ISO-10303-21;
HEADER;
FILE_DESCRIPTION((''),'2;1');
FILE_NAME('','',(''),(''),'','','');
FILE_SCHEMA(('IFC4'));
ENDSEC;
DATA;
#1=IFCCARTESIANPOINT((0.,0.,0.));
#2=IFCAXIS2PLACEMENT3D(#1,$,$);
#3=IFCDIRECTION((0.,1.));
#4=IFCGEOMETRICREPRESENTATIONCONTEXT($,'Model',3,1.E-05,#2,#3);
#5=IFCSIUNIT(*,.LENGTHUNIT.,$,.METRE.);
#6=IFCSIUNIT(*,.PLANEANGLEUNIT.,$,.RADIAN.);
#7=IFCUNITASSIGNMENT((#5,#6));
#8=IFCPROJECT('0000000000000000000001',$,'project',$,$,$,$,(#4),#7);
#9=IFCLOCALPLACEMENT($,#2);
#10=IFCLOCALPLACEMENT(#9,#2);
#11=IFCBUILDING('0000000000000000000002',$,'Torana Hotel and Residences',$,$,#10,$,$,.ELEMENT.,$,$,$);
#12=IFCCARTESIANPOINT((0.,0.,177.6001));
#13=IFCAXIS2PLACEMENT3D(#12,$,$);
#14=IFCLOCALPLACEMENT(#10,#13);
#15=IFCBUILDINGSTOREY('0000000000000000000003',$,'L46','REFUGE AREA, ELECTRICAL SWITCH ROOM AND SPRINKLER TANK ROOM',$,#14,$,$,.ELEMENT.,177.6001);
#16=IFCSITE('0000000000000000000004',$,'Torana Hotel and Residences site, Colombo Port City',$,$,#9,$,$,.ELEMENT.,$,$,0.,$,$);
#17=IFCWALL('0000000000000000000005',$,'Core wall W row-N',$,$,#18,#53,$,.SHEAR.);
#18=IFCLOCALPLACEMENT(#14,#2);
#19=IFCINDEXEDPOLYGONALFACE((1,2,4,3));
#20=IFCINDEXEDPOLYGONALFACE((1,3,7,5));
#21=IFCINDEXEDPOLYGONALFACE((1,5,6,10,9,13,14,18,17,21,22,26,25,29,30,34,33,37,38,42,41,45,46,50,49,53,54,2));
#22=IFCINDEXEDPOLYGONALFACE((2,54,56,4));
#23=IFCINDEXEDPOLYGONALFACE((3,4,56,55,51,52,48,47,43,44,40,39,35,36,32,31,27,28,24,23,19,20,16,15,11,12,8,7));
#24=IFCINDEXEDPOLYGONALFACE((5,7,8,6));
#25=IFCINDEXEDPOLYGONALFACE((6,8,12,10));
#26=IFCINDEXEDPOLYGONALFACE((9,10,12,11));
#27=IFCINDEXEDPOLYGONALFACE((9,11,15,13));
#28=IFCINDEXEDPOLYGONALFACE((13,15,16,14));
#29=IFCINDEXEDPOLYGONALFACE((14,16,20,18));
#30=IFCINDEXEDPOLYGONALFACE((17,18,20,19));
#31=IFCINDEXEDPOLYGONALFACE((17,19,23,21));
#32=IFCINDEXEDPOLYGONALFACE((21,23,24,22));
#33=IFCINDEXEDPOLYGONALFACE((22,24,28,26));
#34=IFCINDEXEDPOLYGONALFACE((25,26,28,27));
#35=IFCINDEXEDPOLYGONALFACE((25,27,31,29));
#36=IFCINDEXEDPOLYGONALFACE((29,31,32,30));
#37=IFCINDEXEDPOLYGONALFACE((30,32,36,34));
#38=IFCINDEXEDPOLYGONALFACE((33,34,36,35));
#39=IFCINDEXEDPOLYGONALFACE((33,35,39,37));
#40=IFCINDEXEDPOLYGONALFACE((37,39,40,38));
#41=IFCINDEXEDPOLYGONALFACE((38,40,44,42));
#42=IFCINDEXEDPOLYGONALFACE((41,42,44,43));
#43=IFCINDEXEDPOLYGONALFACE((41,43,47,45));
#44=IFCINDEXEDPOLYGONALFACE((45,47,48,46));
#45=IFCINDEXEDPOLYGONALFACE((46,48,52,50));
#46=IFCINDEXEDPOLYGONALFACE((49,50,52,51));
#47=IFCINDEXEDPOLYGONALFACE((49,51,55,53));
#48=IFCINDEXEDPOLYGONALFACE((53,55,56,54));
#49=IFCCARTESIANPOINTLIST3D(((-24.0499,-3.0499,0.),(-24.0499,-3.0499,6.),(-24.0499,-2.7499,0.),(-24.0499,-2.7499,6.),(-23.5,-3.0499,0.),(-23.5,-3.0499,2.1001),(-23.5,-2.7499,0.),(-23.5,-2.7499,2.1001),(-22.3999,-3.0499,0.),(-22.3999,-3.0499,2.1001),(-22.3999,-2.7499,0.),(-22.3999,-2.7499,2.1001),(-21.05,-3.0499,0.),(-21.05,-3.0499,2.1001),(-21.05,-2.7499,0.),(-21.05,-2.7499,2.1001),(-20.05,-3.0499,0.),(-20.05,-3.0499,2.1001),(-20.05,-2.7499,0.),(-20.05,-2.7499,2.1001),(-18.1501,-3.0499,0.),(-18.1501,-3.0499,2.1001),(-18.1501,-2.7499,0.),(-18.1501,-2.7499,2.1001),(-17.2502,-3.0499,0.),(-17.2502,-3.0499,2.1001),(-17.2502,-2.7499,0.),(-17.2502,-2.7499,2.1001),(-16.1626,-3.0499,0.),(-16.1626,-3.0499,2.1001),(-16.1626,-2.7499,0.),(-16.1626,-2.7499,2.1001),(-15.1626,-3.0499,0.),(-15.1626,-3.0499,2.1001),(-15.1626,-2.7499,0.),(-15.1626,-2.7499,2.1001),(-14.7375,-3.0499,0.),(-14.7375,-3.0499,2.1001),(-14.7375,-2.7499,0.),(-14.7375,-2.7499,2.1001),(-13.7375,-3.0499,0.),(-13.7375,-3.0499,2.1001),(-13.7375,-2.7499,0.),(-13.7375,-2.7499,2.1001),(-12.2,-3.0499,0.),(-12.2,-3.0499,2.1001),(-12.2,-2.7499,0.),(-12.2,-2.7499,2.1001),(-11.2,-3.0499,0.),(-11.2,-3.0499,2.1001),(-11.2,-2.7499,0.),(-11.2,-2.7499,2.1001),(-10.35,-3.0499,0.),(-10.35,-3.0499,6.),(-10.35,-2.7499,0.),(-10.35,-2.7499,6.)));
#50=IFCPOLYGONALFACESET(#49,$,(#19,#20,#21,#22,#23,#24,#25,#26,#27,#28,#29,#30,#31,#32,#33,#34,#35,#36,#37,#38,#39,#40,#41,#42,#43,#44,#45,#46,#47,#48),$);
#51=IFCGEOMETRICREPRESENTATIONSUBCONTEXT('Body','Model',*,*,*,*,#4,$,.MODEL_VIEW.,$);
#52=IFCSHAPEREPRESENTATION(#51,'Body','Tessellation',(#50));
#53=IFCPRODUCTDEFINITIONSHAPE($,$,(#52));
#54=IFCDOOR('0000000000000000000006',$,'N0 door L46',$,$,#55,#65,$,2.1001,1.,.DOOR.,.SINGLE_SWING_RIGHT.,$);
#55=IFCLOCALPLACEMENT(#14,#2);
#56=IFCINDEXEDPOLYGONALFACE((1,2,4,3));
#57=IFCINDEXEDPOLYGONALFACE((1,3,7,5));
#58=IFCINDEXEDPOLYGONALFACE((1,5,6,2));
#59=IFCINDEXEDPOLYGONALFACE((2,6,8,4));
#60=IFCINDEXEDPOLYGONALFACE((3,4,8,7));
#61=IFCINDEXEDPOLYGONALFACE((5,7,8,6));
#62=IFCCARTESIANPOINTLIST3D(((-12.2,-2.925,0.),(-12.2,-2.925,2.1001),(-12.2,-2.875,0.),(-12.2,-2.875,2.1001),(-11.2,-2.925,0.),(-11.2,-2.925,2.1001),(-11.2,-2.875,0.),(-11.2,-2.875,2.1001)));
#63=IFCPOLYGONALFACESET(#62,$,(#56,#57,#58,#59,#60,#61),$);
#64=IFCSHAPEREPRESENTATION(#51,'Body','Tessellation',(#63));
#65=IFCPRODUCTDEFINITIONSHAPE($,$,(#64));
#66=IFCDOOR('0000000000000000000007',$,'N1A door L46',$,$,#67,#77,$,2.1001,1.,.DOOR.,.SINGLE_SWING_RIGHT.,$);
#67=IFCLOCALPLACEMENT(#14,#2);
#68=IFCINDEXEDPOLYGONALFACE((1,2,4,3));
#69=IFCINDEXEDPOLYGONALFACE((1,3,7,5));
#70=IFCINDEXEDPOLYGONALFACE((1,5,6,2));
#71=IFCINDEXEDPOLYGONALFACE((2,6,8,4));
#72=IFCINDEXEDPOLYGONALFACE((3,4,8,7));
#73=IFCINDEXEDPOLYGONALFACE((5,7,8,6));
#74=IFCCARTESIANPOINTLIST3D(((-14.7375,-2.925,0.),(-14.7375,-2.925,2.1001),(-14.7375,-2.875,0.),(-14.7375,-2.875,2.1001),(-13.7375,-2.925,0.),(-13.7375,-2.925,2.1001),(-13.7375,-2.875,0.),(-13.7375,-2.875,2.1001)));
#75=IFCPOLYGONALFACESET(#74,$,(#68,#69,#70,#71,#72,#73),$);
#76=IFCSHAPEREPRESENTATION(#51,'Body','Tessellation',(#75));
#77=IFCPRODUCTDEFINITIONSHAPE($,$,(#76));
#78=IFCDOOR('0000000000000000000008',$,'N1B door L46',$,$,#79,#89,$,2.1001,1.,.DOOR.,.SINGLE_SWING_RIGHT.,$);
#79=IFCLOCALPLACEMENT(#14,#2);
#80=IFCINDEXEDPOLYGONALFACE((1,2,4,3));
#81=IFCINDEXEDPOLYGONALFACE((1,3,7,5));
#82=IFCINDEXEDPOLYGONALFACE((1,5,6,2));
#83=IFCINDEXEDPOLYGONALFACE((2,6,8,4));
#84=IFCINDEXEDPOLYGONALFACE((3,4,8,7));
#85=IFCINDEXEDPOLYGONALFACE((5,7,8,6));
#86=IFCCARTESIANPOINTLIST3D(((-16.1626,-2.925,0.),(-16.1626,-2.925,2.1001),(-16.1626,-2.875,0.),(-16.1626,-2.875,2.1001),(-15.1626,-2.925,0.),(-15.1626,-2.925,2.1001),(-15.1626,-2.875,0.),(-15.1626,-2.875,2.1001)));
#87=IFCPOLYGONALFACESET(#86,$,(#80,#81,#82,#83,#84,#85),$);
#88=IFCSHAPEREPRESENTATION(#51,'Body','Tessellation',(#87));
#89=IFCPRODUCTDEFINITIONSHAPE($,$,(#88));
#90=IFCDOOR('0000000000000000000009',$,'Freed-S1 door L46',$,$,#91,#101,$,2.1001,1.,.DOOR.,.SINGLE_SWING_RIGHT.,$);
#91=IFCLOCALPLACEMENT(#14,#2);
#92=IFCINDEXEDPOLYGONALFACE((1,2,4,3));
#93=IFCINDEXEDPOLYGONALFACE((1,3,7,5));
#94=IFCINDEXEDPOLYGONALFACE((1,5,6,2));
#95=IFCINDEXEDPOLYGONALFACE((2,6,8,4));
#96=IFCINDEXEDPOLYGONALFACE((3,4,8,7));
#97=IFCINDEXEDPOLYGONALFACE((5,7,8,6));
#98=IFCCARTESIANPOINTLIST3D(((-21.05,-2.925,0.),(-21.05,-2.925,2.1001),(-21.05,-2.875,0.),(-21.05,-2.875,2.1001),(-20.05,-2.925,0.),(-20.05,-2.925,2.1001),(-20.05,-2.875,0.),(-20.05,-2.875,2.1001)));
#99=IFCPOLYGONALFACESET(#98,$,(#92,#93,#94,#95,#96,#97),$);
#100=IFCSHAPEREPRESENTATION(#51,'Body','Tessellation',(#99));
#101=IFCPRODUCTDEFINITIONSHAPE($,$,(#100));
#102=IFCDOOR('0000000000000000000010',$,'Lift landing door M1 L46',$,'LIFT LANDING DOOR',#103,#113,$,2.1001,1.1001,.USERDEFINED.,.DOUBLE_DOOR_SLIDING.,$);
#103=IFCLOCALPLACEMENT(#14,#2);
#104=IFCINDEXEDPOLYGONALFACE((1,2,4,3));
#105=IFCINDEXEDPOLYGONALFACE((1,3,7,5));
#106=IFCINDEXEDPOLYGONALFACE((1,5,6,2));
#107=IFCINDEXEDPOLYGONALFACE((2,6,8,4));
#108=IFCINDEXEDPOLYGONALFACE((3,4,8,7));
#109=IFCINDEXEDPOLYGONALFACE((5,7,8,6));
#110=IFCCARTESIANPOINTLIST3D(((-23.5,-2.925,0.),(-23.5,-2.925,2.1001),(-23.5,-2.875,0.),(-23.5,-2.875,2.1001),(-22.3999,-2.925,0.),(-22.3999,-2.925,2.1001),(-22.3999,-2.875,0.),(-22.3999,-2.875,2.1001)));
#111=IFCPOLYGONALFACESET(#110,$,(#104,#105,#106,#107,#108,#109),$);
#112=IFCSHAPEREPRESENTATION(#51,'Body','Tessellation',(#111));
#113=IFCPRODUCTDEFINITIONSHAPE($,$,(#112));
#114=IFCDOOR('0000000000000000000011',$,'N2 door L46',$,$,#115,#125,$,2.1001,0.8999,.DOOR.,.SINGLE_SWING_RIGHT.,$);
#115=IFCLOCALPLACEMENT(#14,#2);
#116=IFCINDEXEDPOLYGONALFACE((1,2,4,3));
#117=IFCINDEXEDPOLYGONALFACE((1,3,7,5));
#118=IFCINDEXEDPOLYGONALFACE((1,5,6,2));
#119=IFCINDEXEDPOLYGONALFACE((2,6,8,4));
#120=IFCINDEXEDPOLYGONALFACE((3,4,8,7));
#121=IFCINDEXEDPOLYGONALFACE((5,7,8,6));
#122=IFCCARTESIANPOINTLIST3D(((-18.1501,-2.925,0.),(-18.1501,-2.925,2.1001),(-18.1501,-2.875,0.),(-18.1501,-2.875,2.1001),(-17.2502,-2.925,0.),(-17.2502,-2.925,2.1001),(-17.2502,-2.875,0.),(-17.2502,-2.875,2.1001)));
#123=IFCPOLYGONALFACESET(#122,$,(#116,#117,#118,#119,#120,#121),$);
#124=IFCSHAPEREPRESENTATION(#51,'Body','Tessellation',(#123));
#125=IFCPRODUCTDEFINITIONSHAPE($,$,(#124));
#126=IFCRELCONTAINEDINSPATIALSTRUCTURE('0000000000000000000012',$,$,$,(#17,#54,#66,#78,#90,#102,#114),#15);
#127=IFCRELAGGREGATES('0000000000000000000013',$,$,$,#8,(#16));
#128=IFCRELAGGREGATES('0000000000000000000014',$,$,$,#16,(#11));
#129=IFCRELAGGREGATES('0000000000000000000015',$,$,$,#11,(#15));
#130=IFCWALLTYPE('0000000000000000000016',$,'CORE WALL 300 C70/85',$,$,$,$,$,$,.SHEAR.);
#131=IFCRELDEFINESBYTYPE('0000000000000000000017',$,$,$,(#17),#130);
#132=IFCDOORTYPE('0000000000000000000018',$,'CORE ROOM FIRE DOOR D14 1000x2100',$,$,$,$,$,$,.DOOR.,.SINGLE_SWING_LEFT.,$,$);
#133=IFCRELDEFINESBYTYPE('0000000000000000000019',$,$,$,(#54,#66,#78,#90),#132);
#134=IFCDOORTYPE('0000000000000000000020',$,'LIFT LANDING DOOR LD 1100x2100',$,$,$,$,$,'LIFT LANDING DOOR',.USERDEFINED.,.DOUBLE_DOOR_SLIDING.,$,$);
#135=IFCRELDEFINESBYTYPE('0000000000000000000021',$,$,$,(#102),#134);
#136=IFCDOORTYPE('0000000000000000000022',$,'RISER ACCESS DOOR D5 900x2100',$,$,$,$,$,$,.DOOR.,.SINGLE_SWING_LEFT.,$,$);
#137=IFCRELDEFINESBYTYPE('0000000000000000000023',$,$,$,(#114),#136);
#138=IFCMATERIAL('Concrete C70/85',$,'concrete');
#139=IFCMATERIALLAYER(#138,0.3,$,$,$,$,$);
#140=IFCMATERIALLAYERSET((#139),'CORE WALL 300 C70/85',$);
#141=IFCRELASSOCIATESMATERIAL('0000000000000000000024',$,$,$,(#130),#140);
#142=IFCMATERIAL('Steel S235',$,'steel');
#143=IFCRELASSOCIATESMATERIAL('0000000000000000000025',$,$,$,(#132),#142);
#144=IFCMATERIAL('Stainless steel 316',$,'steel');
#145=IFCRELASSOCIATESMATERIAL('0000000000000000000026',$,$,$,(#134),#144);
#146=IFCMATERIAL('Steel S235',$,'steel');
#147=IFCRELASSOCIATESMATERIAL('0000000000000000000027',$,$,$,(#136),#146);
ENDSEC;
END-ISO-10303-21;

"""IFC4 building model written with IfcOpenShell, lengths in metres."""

from ifc_helpers import new_model, si_unit, direction, frame, frame_2d, origin, place, context, subcontext, project, spatial, rectangle, extrude, material, layer, layer_set, type_object, element, fill, save


model = new_model("IFC4")

# Units and contexts
model_context = context("Model", 3, precision=1e-05, world=origin(), true_north=direction((0.0, 1.0)))
body_context = subcontext(model_context, "Body", "Model", "MODEL_VIEW")
ifc_project = project(units=[si_unit("LENGTHUNIT", "METRE"), si_unit("PLANEANGLEUNIT", "RADIAN")], contexts=[model_context])

# Site, building, storey
site_placement = place(None, origin())
site = spatial("IfcSite", under=ifc_project, at=site_placement, Name="Torana Hotel and Residences site, Colombo Port City", CompositionType="ELEMENT", RefElevation=0.0)
building_placement = place(site_placement, origin())
building = spatial("IfcBuilding", under=site, at=building_placement, Name="Torana Hotel and Residences", CompositionType="ELEMENT")
storey_placement = place(building_placement, frame((0.0, 0.0, 177.6001)))
storey = spatial("IfcBuildingStorey", under=building, at=storey_placement, Name="L46", Description="REFUGE AREA, ELECTRICAL SWITCH ROOM AND SPRINKLER TANK ROOM", CompositionType="ELEMENT", Elevation=177.6001)

# Wall, openings, doors
ifc_material_1 = material(Name="Concrete C70/85", Category="concrete")
ifc_layer_1 = layer(ifc_material_1, 0.3)
ifc_layer_set_1 = layer_set([ifc_layer_1], Name="CORE WALL 300 C70/85")
wall_type_1 = type_object("IfcWallType", Name="CORE WALL 300 C70/85", PredefinedType="SHEAR", material=ifc_layer_set_1)
wall_1_placement = place(storey_placement, frame((-24.05, -2.8999, 0.0), z_axis=(0.0, 0.0, 1.0), x_axis=(1.0, 0.0, 0.0)))
wall_1 = element("IfcWall", 1, at=wall_1_placement, inside=storey, type_object=wall_type_1, Name="Core wall W row-N", PredefinedType="SHEAR", context=body_context, shape_type="SweptSolid", body=[
    extrude(rectangle(XDim=13.7, YDim=0.3, at=frame_2d((6.8501, 0.0))), origin(), (0.0, 0.0, 1.0), 6.0),
])
opening_1_placement = place(wall_1_placement, frame((0.55, 0.0, 0.0)))
opening_1 = element("IfcOpeningElement", 2, at=opening_1_placement, cuts=wall_1, PredefinedType="OPENING", context=body_context, shape_type="SweptSolid", body=[
    extrude(rectangle(XDim=1.1001, YDim=2.1001, at=frame_2d((0.55, 1.05))), frame((0.0, 0.1599, 0.0), z_axis=(0.0, -1.0, 0.0), x_axis=(1.0, 0.0, 0.0)), (0.0, 0.0, 1.0), 0.3201),
])
opening_2_placement = place(wall_1_placement, frame((5.8999, 0.0, 0.0)))
opening_2 = element("IfcOpeningElement", 3, at=opening_2_placement, cuts=wall_1, PredefinedType="OPENING", context=body_context, shape_type="SweptSolid", body=[
    extrude(rectangle(XDim=0.8999, YDim=2.1001, at=frame_2d((0.45, 1.05))), frame((0.0, 0.1599, 0.0), z_axis=(0.0, -1.0, 0.0), x_axis=(1.0, 0.0, 0.0)), (0.0, 0.0, 1.0), 0.3201),
])
opening_3_placement = place(wall_1_placement, frame((11.8501, 0.0, 0.0)))
opening_3 = element("IfcOpeningElement", 4, at=opening_3_placement, cuts=wall_1, PredefinedType="OPENING", context=body_context, shape_type="SweptSolid", body=[
    extrude(rectangle(XDim=1.0, YDim=2.1001, at=frame_2d((0.5, 1.05))), frame((0.0, 0.1599, 0.0), z_axis=(0.0, -1.0, 0.0), x_axis=(1.0, 0.0, 0.0)), (0.0, 0.0, 1.0), 0.3201),
])
opening_4_placement = place(wall_1_placement, frame((9.3125, 0.0, 0.0)))
opening_4 = element("IfcOpeningElement", 5, at=opening_4_placement, cuts=wall_1, PredefinedType="OPENING", context=body_context, shape_type="SweptSolid", body=[
    extrude(rectangle(XDim=1.0, YDim=2.1001, at=frame_2d((0.5, 1.05))), frame((0.0, 0.1599, 0.0), z_axis=(0.0, -1.0, 0.0), x_axis=(1.0, 0.0, 0.0)), (0.0, 0.0, 1.0), 0.3201),
])
opening_5_placement = place(wall_1_placement, frame((7.8875, 0.0, 0.0)))
opening_5 = element("IfcOpeningElement", 6, at=opening_5_placement, cuts=wall_1, PredefinedType="OPENING", context=body_context, shape_type="SweptSolid", body=[
    extrude(rectangle(XDim=1.0, YDim=2.1001, at=frame_2d((0.5, 1.05))), frame((0.0, 0.1599, 0.0), z_axis=(0.0, -1.0, 0.0), x_axis=(1.0, 0.0, 0.0)), (0.0, 0.0, 1.0), 0.3201),
])
opening_6_placement = place(wall_1_placement, frame((3.0, 0.0, 0.0)))
opening_6 = element("IfcOpeningElement", 7, at=opening_6_placement, cuts=wall_1, PredefinedType="OPENING", context=body_context, shape_type="SweptSolid", body=[
    extrude(rectangle(XDim=1.0, YDim=2.1001, at=frame_2d((0.5, 1.05))), frame((0.0, 0.1599, 0.0), z_axis=(0.0, -1.0, 0.0), x_axis=(1.0, 0.0, 0.0)), (0.0, 0.0, 1.0), 0.3201),
])
ifc_material_2 = material(Name="Steel S235", Category="steel")
door_type_1 = type_object("IfcDoorType", Name="CORE ROOM FIRE DOOR D14 1000x2100", OperationType="SINGLE_SWING_LEFT", PredefinedType="DOOR", material=ifc_material_2)
door_1_placement = place(opening_3_placement, origin())
door_1 = element("IfcDoor", 8, at=door_1_placement, inside=storey, type_object=door_type_1, Name="N0 door L46", OperationType="SINGLE_SWING_RIGHT", OverallHeight=2.1001, OverallWidth=1.0, PredefinedType="DOOR", context=body_context, shape_type="SweptSolid", body=[
    extrude(rectangle(XDim=1.0, YDim=2.1001, at=frame_2d((0.5, 1.05))), frame((0.0, 0.0249, 0.0), z_axis=(0.0, -1.0, 0.0), x_axis=(1.0, 0.0, 0.0)), (0.0, 0.0, 1.0), 0.05),
])
fill(opening_3, door_1)
door_2_placement = place(opening_4_placement, origin())
door_2 = element("IfcDoor", 9, at=door_2_placement, inside=storey, type_object=door_type_1, Name="N1A door L46", OperationType="SINGLE_SWING_RIGHT", OverallHeight=2.1001, OverallWidth=1.0, PredefinedType="DOOR", context=body_context, shape_type="SweptSolid", body=[
    extrude(rectangle(XDim=1.0, YDim=2.1001, at=frame_2d((0.5, 1.05))), frame((0.0, 0.0249, 0.0), z_axis=(0.0, -1.0, 0.0), x_axis=(1.0, 0.0, 0.0)), (0.0, 0.0, 1.0), 0.05),
])
fill(opening_4, door_2)
door_3_placement = place(opening_5_placement, origin())
door_3 = element("IfcDoor", 10, at=door_3_placement, inside=storey, type_object=door_type_1, Name="N1B door L46", OperationType="SINGLE_SWING_RIGHT", OverallHeight=2.1001, OverallWidth=1.0, PredefinedType="DOOR", context=body_context, shape_type="SweptSolid", body=[
    extrude(rectangle(XDim=1.0, YDim=2.1001, at=frame_2d((0.5, 1.05))), frame((0.0, 0.0249, 0.0), z_axis=(0.0, -1.0, 0.0), x_axis=(1.0, 0.0, 0.0)), (0.0, 0.0, 1.0), 0.05),
])
fill(opening_5, door_3)
door_4_placement = place(opening_6_placement, origin())
door_4 = element("IfcDoor", 11, at=door_4_placement, inside=storey, type_object=door_type_1, Name="Freed-S1 door L46", OperationType="SINGLE_SWING_RIGHT", OverallHeight=2.1001, OverallWidth=1.0, PredefinedType="DOOR", context=body_context, shape_type="SweptSolid", body=[
    extrude(rectangle(XDim=1.0, YDim=2.1001, at=frame_2d((0.5, 1.05))), frame((0.0, 0.0249, 0.0), z_axis=(0.0, -1.0, 0.0), x_axis=(1.0, 0.0, 0.0)), (0.0, 0.0, 1.0), 0.05),
])
fill(opening_6, door_4)
ifc_material_3 = material(Name="Stainless steel 316", Category="steel")
door_type_2 = type_object("IfcDoorType", Name="LIFT LANDING DOOR LD 1100x2100", ElementType="LIFT LANDING DOOR", OperationType="DOUBLE_DOOR_SLIDING", PredefinedType="USERDEFINED", material=ifc_material_3)
door_5_placement = place(opening_1_placement, origin())
door_5 = element("IfcDoor", 12, at=door_5_placement, inside=storey, type_object=door_type_2, Name="Lift landing door M1 L46", ObjectType="LIFT LANDING DOOR", OperationType="DOUBLE_DOOR_SLIDING", OverallHeight=2.1001, OverallWidth=1.1001, PredefinedType="USERDEFINED", context=body_context, shape_type="SweptSolid", body=[
    extrude(rectangle(XDim=1.1001, YDim=2.1001, at=frame_2d((0.55, 1.05))), frame((0.0, 0.0249, 0.0), z_axis=(0.0, -1.0, 0.0), x_axis=(1.0, 0.0, 0.0)), (0.0, 0.0, 1.0), 0.05),
])
fill(opening_1, door_5)
ifc_material_4 = material(Name="Steel S235", Category="steel")
door_type_3 = type_object("IfcDoorType", Name="RISER ACCESS DOOR D5 900x2100", OperationType="SINGLE_SWING_LEFT", PredefinedType="DOOR", material=ifc_material_4)
door_6_placement = place(opening_2_placement, origin())
door_6 = element("IfcDoor", 13, at=door_6_placement, inside=storey, type_object=door_type_3, Name="N2 door L46", OperationType="SINGLE_SWING_RIGHT", OverallHeight=2.1001, OverallWidth=0.8999, PredefinedType="DOOR", context=body_context, shape_type="SweptSolid", body=[
    extrude(rectangle(XDim=0.8999, YDim=2.1001, at=frame_2d((0.45, 1.05))), frame((0.0, 0.0249, 0.0), z_axis=(0.0, -1.0, 0.0), x_axis=(1.0, 0.0, 0.0)), (0.0, 0.0, 1.0), 0.05),
])
fill(opening_2, door_6)

save(model, "model.ifc")
